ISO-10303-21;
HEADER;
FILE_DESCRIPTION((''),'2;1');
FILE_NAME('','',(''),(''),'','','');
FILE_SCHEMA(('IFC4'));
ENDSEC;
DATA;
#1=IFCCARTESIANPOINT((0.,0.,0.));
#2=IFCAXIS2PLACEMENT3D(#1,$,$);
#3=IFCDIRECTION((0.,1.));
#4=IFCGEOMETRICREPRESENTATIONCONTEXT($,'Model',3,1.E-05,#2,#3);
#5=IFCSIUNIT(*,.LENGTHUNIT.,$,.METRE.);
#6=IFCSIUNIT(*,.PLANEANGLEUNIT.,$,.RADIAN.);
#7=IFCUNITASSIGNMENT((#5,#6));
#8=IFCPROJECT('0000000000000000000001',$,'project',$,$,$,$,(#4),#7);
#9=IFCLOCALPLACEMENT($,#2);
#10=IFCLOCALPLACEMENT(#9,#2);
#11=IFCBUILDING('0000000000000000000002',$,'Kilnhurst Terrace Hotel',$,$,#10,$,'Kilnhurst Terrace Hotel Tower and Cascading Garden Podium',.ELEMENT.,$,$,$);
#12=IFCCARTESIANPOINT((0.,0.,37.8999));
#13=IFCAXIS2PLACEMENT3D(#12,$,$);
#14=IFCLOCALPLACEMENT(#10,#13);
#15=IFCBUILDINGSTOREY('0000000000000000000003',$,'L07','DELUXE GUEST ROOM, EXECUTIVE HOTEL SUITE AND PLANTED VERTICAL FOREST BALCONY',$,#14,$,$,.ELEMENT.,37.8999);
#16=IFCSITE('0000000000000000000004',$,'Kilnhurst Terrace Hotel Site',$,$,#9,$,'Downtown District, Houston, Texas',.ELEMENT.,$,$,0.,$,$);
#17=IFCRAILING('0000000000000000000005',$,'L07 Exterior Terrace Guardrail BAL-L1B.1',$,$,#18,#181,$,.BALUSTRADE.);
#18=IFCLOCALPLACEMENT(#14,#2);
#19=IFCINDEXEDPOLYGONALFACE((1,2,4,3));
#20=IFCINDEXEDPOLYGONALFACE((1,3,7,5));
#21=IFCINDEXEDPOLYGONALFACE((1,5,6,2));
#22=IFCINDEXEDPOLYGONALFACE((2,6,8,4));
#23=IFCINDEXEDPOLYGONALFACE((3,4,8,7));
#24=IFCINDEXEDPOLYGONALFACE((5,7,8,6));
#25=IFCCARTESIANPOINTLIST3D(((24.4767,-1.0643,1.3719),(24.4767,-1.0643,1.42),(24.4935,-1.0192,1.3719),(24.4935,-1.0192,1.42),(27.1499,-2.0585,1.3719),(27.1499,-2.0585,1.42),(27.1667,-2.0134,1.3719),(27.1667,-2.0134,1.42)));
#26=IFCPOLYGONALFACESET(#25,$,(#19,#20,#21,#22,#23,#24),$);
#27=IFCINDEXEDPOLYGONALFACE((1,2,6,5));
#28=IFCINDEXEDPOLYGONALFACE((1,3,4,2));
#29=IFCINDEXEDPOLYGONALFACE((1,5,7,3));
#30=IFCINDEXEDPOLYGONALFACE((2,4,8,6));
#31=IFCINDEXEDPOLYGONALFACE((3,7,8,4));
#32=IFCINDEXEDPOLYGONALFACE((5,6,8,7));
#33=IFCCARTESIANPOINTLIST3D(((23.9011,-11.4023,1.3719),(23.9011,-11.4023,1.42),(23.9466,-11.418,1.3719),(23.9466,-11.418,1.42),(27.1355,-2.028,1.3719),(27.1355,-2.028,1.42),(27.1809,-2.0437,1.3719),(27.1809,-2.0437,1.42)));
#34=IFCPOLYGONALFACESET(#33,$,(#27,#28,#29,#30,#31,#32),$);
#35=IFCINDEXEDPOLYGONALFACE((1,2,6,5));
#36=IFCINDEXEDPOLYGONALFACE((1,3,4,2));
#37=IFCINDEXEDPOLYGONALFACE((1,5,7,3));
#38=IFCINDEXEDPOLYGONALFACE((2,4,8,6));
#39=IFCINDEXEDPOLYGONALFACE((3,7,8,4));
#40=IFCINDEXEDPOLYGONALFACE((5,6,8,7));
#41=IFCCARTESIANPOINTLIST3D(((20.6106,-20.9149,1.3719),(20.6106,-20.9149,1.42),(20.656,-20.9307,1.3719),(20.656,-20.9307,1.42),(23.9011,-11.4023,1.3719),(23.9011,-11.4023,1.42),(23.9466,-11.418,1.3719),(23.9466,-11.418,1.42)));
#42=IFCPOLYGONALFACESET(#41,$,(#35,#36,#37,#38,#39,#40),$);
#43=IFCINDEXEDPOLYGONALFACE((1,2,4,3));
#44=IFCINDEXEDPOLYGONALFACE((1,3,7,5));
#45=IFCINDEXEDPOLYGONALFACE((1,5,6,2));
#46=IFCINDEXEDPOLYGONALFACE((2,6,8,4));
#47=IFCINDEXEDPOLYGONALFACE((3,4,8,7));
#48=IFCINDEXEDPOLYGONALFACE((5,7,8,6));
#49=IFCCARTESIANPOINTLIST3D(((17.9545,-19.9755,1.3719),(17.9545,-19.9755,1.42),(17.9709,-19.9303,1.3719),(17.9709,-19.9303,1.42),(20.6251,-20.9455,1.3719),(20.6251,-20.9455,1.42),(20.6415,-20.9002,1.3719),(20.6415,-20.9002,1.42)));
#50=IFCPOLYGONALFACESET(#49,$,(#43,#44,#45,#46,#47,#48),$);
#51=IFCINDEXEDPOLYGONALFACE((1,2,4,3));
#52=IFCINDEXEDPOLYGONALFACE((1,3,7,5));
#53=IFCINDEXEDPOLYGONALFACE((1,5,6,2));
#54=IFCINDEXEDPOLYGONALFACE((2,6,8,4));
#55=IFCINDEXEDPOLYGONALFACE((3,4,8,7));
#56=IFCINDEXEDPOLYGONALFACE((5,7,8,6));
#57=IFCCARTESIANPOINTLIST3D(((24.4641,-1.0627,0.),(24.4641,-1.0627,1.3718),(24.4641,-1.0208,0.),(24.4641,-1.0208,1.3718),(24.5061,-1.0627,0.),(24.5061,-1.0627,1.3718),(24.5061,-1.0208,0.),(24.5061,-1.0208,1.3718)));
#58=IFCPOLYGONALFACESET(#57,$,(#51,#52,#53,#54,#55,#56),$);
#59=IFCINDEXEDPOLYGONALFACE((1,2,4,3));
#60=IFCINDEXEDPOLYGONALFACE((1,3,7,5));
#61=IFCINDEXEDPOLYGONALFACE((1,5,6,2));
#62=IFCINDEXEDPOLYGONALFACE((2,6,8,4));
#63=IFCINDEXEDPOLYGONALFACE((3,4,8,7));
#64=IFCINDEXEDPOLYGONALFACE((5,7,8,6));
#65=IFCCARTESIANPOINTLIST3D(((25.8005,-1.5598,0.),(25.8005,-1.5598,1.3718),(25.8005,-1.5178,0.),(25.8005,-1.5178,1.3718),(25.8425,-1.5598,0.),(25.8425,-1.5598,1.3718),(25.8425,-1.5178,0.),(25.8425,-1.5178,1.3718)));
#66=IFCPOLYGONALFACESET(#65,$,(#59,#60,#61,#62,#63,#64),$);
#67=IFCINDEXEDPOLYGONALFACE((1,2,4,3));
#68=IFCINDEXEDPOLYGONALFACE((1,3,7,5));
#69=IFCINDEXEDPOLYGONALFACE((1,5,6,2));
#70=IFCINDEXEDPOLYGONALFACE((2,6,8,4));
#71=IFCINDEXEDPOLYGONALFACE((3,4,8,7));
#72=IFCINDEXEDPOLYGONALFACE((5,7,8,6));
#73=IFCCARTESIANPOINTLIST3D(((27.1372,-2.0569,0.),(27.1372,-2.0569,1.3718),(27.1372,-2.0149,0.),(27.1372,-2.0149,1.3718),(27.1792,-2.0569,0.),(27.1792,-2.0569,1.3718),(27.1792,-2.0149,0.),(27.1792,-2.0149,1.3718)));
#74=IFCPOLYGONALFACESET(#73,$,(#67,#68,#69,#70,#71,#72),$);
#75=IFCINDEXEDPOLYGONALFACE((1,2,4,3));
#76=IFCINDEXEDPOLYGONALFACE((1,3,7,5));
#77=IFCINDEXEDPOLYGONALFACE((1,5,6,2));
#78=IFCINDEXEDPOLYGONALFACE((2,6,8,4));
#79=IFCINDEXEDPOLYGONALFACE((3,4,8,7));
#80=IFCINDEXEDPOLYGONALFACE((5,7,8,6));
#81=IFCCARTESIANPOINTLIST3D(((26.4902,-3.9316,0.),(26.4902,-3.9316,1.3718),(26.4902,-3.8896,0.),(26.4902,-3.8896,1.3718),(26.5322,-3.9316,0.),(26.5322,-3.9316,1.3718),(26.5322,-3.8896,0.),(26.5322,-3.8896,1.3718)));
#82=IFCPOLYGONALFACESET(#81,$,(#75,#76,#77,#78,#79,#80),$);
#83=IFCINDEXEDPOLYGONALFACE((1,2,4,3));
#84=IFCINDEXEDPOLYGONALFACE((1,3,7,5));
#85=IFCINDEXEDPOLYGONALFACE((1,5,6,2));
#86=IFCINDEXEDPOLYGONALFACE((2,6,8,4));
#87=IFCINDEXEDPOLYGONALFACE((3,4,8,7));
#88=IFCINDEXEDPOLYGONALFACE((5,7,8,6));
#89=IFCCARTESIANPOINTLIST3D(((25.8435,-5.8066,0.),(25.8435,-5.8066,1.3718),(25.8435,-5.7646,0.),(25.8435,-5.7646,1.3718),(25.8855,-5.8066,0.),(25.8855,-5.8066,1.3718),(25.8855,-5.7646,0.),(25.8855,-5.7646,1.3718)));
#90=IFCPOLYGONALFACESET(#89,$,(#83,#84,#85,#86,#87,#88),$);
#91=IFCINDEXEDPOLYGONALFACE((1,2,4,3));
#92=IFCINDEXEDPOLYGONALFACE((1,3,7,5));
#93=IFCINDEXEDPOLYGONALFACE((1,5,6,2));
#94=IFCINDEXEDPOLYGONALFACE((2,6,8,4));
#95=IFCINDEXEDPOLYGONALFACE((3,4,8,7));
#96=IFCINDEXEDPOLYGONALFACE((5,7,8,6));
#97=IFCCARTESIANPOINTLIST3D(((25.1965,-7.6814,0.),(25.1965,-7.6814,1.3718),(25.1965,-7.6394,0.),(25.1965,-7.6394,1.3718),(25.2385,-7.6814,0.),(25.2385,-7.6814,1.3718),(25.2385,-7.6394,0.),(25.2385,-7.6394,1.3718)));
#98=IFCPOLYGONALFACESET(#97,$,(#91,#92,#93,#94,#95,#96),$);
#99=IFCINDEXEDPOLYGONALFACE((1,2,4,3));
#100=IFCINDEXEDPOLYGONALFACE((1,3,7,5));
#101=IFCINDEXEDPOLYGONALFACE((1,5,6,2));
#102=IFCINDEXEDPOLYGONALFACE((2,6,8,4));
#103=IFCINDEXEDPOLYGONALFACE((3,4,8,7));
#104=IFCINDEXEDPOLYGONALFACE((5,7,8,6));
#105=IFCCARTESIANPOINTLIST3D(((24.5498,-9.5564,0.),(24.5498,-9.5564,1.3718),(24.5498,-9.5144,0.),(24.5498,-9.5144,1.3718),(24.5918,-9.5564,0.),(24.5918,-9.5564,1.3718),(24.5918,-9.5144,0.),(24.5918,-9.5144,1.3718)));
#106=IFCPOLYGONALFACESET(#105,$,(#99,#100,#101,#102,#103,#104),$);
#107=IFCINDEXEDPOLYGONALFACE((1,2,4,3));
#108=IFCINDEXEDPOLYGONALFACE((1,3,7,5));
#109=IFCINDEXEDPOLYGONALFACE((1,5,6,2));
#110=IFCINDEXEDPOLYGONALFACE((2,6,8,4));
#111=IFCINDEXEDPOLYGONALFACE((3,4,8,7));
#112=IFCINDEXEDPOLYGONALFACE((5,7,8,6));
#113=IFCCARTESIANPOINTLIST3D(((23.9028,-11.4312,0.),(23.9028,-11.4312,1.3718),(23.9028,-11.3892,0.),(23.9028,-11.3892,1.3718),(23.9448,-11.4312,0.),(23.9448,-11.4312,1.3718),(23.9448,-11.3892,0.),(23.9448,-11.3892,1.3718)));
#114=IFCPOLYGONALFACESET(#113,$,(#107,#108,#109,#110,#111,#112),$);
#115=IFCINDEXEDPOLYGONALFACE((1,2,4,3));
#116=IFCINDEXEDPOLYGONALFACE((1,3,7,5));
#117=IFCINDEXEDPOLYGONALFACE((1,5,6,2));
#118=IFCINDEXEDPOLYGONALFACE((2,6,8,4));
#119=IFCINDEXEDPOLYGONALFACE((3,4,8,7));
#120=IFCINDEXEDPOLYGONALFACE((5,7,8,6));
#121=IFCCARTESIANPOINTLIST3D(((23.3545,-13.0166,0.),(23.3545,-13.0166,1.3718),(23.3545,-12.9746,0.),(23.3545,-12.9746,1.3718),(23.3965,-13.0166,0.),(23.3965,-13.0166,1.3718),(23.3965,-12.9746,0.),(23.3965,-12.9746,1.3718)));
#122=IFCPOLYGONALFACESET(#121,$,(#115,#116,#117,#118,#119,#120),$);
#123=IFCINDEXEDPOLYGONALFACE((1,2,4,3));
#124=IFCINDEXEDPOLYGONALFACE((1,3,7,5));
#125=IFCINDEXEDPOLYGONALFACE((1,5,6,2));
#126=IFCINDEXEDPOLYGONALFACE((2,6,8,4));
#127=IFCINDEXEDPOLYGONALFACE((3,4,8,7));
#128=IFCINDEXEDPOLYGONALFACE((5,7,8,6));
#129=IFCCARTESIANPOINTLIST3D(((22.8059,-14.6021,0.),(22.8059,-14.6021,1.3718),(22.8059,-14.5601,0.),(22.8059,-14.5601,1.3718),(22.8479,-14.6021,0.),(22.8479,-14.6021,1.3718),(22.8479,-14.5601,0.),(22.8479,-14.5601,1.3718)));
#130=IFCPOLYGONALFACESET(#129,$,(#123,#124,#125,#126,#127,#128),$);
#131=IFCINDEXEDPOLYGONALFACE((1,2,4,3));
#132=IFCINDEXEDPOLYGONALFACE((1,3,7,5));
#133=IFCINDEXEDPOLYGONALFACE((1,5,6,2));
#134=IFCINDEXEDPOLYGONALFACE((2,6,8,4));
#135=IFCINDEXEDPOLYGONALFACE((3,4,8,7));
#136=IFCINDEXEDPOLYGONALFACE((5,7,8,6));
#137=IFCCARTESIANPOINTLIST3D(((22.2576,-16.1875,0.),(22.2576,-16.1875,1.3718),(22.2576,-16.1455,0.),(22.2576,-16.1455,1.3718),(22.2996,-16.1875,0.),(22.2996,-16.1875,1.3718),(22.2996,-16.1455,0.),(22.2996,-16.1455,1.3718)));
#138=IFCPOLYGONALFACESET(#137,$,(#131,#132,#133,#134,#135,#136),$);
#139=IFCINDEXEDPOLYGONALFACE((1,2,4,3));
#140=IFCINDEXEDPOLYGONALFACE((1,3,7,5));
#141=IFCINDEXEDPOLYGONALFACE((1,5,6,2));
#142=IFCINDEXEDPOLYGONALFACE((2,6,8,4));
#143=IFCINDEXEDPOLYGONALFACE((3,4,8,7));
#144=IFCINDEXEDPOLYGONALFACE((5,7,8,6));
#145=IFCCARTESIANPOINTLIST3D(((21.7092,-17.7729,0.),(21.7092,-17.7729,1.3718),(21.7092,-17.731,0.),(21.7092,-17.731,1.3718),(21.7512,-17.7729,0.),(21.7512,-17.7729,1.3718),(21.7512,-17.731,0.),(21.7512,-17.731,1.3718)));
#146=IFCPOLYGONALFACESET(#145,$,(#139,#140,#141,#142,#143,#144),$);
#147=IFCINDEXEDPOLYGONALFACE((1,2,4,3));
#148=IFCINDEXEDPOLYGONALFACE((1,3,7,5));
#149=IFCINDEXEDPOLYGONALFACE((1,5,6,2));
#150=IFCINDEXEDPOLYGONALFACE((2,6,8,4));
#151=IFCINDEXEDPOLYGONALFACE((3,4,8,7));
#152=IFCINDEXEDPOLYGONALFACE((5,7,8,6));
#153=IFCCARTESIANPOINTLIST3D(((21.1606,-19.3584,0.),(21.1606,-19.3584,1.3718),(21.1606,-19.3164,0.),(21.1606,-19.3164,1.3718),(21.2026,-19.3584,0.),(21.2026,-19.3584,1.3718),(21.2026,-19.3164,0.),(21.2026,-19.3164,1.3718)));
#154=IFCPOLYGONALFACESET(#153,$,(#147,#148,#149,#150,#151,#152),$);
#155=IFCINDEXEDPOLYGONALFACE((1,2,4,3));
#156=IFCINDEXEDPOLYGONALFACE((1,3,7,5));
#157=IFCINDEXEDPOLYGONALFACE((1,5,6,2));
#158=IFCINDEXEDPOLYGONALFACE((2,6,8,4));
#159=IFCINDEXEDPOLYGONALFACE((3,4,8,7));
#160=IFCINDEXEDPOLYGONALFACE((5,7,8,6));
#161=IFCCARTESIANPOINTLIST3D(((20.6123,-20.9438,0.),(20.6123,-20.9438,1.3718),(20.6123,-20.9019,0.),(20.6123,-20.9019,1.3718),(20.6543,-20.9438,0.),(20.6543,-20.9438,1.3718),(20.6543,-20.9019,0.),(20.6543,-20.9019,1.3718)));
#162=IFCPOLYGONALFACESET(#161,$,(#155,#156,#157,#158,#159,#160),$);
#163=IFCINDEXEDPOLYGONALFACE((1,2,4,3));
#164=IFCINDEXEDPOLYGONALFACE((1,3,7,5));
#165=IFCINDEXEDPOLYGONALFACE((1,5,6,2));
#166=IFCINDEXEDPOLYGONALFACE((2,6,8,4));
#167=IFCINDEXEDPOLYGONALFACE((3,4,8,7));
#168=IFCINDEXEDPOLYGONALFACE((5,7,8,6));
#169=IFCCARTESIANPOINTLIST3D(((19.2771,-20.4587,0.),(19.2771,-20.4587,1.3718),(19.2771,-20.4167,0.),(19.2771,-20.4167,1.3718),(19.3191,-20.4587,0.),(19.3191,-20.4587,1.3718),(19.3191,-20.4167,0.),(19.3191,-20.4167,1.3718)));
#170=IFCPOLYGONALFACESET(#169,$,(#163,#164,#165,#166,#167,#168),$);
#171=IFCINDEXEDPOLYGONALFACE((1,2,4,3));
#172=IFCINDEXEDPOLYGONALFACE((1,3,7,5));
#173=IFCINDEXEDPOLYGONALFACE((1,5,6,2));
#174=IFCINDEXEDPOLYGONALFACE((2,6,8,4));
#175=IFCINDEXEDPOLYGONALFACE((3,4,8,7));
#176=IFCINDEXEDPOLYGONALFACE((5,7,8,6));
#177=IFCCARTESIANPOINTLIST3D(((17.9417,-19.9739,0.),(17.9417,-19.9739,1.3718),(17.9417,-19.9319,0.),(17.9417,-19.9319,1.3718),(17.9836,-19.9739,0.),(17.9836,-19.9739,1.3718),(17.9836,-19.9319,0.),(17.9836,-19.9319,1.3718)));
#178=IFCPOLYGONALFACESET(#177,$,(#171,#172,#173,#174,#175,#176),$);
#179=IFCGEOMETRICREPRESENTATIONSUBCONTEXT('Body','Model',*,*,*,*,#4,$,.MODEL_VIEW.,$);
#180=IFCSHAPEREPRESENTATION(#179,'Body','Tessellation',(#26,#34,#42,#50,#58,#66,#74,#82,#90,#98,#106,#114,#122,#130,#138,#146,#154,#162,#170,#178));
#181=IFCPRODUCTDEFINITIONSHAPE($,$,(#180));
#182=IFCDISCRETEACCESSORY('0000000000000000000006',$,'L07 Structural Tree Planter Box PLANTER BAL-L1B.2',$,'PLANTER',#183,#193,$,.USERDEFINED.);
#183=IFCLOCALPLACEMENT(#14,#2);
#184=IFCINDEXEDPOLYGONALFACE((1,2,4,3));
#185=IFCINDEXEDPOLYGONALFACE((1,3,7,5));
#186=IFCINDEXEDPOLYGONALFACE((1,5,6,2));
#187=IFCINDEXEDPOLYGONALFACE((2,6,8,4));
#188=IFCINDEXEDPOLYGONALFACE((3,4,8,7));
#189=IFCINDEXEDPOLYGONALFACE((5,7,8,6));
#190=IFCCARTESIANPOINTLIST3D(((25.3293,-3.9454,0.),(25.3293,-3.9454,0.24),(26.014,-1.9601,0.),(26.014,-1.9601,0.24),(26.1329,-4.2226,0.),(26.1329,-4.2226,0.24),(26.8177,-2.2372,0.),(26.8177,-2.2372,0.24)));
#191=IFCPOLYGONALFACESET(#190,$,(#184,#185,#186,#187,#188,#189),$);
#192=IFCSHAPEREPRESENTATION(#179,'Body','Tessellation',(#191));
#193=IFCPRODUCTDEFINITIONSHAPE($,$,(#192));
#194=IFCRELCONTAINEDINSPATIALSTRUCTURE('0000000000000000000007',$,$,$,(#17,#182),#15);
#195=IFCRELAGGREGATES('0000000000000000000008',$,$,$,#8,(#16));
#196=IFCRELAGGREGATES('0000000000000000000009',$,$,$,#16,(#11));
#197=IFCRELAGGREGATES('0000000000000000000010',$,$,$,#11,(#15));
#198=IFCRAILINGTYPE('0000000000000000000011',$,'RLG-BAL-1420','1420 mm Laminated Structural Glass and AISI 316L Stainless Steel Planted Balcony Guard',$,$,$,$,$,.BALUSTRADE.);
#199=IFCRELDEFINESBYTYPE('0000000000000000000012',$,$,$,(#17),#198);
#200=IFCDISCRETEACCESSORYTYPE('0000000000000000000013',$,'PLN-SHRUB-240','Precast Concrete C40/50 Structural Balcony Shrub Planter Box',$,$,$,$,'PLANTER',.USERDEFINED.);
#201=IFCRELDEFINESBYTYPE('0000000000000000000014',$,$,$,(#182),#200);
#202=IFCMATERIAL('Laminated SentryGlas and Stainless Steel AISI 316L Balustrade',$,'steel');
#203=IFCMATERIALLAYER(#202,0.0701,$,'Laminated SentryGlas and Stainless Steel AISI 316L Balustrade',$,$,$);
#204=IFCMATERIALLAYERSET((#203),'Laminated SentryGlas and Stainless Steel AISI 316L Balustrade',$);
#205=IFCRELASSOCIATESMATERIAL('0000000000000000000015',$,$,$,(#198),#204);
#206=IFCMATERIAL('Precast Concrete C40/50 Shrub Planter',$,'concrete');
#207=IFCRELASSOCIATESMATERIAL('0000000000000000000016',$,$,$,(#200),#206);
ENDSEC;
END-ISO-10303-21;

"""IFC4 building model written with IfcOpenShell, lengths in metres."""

from ifc_helpers import new_model, si_unit, direction, frame, origin, origin_2d, place, context, subcontext, project, spatial, rectangle, extrude, material, layer, layer_set, type_object, element, save


model = new_model("IFC4")

# Units and contexts
model_context = context("Model", 3, precision=1e-05, world=origin(), true_north=direction((0.0, 1.0)))
body_context = subcontext(model_context, "Body", "Model", "MODEL_VIEW")
ifc_project = project(units=[si_unit("LENGTHUNIT", "METRE"), si_unit("PLANEANGLEUNIT", "RADIAN")], contexts=[model_context])

# Site, building, storey
site_placement = place(None, origin())
site = spatial("IfcSite", under=ifc_project, at=site_placement, Name="Kilnhurst Terrace Hotel Site", LongName="Downtown District, Houston, Texas", CompositionType="ELEMENT", RefElevation=0.0)
building_placement = place(site_placement, origin())
building = spatial("IfcBuilding", under=site, at=building_placement, Name="Kilnhurst Terrace Hotel", LongName="Kilnhurst Terrace Hotel Tower and Cascading Garden Podium", CompositionType="ELEMENT")
storey_placement = place(building_placement, frame((0.0, 0.0, 37.8999)))
storey = spatial("IfcBuildingStorey", under=building, at=storey_placement, Name="L07", Description="DELUXE GUEST ROOM, EXECUTIVE HOTEL SUITE AND PLANTED VERTICAL FOREST BALCONY", CompositionType="ELEMENT", Elevation=37.8999)

# Railing
ifc_material_1 = material(Name="Laminated SentryGlas and Stainless Steel AISI 316L Balustrade", Category="steel")
ifc_layer_1 = layer(ifc_material_1, 0.0701, Name="Laminated SentryGlas and Stainless Steel AISI 316L Balustrade")
ifc_layer_set_1 = layer_set([ifc_layer_1], Name="Laminated SentryGlas and Stainless Steel AISI 316L Balustrade")
railing_type = type_object("IfcRailingType", Name="RLG-BAL-1420", Description="1420 mm Laminated Structural Glass and AISI 316L Stainless Steel Planted Balcony Guard", PredefinedType="BALUSTRADE", material=ifc_layer_set_1)
railing_placement = place(storey_placement, frame((24.4851, -1.0417, 0.0)))
element("IfcRailing", 1, at=railing_placement, inside=storey, type_object=railing_type, Name="L07 Exterior Terrace Guardrail BAL-L1B.1", PredefinedType="BALUSTRADE", context=body_context, shape_type="SweptSolid", body=[
    extrude(rectangle(XDim=0.0481, YDim=0.0481, at=origin_2d()), frame((0.0, 0.0, 1.396), z_axis=(0.937279, -0.34858, 0.0), x_axis=(0.34858, 0.937279, 0.0)), (0.0, 0.0, 1.0), 2.8521),
    extrude(rectangle(XDim=0.0481, YDim=0.0481, at=origin_2d()), frame((2.6731, -0.9941, 1.396), z_axis=(-0.326159, -0.945315, 0.0), x_axis=(0.945315, -0.326159, 0.0)), (0.0, 0.0, 1.0), 9.9165),
    extrude(rectangle(XDim=0.0481, YDim=0.0481, at=origin_2d()), frame((-0.5613, -10.3684, 1.396), z_axis=(-0.326904, -0.945058, 0.0), x_axis=(0.945058, -0.326904, 0.0)), (0.0, 0.0, 1.0), 10.0657),
    extrude(rectangle(XDim=0.0481, YDim=0.0481, at=origin_2d()), frame((-3.8518, -19.8811, 1.396), z_axis=(-0.939926, 0.341377, 0.0), x_axis=(-0.341377, -0.939926, 0.0)), (0.0, 0.0, 1.0), 2.8413),
    extrude(rectangle(XDim=0.042, YDim=0.042, at=origin_2d()), origin(), (0.0, 0.0, 1.0), 1.3718),
    extrude(rectangle(XDim=0.042, YDim=0.042, at=origin_2d()), frame((1.3364, -0.4971, 0.0)), (0.0, 0.0, 1.0), 1.3718),
    extrude(rectangle(XDim=0.042, YDim=0.042, at=origin_2d()), frame((2.6731, -0.9941, 0.0)), (0.0, 0.0, 1.0), 1.3718),
    extrude(rectangle(XDim=0.042, YDim=0.042, at=origin_2d()), frame((2.0261, -2.8689, 0.0)), (0.0, 0.0, 1.0), 1.3718),
    extrude(rectangle(XDim=0.042, YDim=0.042, at=origin_2d()), frame((1.3794, -4.7439, 0.0)), (0.0, 0.0, 1.0), 1.3718),
    extrude(rectangle(XDim=0.042, YDim=0.042, at=origin_2d()), frame((0.7324, -6.6187, 0.0)), (0.0, 0.0, 1.0), 1.3718),
    extrude(rectangle(XDim=0.042, YDim=0.042, at=origin_2d()), frame((0.0857, -8.4937, 0.0)), (0.0, 0.0, 1.0), 1.3718),
    extrude(rectangle(XDim=0.042, YDim=0.042, at=origin_2d()), frame((-0.5613, -10.3684, 0.0)), (0.0, 0.0, 1.0), 1.3718),
    extrude(rectangle(XDim=0.042, YDim=0.042, at=origin_2d()), frame((-1.1096, -11.9539, 0.0)), (0.0, 0.0, 1.0), 1.3718),
    extrude(rectangle(XDim=0.042, YDim=0.042, at=origin_2d()), frame((-1.6582, -13.5393, 0.0)), (0.0, 0.0, 1.0), 1.3718),
    extrude(rectangle(XDim=0.042, YDim=0.042, at=origin_2d()), frame((-2.2065, -15.1248, 0.0)), (0.0, 0.0, 1.0), 1.3718),
    extrude(rectangle(XDim=0.042, YDim=0.042, at=origin_2d()), frame((-2.7549, -16.7102, 0.0)), (0.0, 0.0, 1.0), 1.3718),
    extrude(rectangle(XDim=0.042, YDim=0.042, at=origin_2d()), frame((-3.3035, -18.2957, 0.0)), (0.0, 0.0, 1.0), 1.3718),
    extrude(rectangle(XDim=0.042, YDim=0.042, at=origin_2d()), frame((-3.8518, -19.8811, 0.0)), (0.0, 0.0, 1.0), 1.3718),
    extrude(rectangle(XDim=0.042, YDim=0.042, at=origin_2d()), frame((-5.187, -19.396, 0.0)), (0.0, 0.0, 1.0), 1.3718),
    extrude(rectangle(XDim=0.042, YDim=0.042, at=origin_2d()), frame((-6.5225, -18.9111, 0.0)), (0.0, 0.0, 1.0), 1.3718),
])

# Discrete accessory
ifc_material_2 = material(Name="Precast Concrete C40/50 Shrub Planter", Category="concrete")
discrete_accessory_type = type_object("IfcDiscreteAccessoryType", Name="PLN-SHRUB-240", Description="Precast Concrete C40/50 Structural Balcony Shrub Planter Box", ElementType="PLANTER", PredefinedType="USERDEFINED", material=ifc_material_2)
discrete_accessory_placement = place(storey_placement, frame((26.0735, -3.0913, 0.0), z_axis=(0.0, 0.0, 1.0), x_axis=(0.326063, 0.945348, 0.0)))
element("IfcDiscreteAccessory", 2, at=discrete_accessory_placement, inside=storey, type_object=discrete_accessory_type, Name="L07 Structural Tree Planter Box PLANTER BAL-L1B.2", ObjectType="PLANTER", PredefinedType="USERDEFINED", context=body_context, shape_type="SweptSolid", body=[
    extrude(rectangle(XDim=2.1001, YDim=0.8501, at=origin_2d()), origin(), (0.0, 0.0, 1.0), 0.24),
])

save(model, "model.ifc")
